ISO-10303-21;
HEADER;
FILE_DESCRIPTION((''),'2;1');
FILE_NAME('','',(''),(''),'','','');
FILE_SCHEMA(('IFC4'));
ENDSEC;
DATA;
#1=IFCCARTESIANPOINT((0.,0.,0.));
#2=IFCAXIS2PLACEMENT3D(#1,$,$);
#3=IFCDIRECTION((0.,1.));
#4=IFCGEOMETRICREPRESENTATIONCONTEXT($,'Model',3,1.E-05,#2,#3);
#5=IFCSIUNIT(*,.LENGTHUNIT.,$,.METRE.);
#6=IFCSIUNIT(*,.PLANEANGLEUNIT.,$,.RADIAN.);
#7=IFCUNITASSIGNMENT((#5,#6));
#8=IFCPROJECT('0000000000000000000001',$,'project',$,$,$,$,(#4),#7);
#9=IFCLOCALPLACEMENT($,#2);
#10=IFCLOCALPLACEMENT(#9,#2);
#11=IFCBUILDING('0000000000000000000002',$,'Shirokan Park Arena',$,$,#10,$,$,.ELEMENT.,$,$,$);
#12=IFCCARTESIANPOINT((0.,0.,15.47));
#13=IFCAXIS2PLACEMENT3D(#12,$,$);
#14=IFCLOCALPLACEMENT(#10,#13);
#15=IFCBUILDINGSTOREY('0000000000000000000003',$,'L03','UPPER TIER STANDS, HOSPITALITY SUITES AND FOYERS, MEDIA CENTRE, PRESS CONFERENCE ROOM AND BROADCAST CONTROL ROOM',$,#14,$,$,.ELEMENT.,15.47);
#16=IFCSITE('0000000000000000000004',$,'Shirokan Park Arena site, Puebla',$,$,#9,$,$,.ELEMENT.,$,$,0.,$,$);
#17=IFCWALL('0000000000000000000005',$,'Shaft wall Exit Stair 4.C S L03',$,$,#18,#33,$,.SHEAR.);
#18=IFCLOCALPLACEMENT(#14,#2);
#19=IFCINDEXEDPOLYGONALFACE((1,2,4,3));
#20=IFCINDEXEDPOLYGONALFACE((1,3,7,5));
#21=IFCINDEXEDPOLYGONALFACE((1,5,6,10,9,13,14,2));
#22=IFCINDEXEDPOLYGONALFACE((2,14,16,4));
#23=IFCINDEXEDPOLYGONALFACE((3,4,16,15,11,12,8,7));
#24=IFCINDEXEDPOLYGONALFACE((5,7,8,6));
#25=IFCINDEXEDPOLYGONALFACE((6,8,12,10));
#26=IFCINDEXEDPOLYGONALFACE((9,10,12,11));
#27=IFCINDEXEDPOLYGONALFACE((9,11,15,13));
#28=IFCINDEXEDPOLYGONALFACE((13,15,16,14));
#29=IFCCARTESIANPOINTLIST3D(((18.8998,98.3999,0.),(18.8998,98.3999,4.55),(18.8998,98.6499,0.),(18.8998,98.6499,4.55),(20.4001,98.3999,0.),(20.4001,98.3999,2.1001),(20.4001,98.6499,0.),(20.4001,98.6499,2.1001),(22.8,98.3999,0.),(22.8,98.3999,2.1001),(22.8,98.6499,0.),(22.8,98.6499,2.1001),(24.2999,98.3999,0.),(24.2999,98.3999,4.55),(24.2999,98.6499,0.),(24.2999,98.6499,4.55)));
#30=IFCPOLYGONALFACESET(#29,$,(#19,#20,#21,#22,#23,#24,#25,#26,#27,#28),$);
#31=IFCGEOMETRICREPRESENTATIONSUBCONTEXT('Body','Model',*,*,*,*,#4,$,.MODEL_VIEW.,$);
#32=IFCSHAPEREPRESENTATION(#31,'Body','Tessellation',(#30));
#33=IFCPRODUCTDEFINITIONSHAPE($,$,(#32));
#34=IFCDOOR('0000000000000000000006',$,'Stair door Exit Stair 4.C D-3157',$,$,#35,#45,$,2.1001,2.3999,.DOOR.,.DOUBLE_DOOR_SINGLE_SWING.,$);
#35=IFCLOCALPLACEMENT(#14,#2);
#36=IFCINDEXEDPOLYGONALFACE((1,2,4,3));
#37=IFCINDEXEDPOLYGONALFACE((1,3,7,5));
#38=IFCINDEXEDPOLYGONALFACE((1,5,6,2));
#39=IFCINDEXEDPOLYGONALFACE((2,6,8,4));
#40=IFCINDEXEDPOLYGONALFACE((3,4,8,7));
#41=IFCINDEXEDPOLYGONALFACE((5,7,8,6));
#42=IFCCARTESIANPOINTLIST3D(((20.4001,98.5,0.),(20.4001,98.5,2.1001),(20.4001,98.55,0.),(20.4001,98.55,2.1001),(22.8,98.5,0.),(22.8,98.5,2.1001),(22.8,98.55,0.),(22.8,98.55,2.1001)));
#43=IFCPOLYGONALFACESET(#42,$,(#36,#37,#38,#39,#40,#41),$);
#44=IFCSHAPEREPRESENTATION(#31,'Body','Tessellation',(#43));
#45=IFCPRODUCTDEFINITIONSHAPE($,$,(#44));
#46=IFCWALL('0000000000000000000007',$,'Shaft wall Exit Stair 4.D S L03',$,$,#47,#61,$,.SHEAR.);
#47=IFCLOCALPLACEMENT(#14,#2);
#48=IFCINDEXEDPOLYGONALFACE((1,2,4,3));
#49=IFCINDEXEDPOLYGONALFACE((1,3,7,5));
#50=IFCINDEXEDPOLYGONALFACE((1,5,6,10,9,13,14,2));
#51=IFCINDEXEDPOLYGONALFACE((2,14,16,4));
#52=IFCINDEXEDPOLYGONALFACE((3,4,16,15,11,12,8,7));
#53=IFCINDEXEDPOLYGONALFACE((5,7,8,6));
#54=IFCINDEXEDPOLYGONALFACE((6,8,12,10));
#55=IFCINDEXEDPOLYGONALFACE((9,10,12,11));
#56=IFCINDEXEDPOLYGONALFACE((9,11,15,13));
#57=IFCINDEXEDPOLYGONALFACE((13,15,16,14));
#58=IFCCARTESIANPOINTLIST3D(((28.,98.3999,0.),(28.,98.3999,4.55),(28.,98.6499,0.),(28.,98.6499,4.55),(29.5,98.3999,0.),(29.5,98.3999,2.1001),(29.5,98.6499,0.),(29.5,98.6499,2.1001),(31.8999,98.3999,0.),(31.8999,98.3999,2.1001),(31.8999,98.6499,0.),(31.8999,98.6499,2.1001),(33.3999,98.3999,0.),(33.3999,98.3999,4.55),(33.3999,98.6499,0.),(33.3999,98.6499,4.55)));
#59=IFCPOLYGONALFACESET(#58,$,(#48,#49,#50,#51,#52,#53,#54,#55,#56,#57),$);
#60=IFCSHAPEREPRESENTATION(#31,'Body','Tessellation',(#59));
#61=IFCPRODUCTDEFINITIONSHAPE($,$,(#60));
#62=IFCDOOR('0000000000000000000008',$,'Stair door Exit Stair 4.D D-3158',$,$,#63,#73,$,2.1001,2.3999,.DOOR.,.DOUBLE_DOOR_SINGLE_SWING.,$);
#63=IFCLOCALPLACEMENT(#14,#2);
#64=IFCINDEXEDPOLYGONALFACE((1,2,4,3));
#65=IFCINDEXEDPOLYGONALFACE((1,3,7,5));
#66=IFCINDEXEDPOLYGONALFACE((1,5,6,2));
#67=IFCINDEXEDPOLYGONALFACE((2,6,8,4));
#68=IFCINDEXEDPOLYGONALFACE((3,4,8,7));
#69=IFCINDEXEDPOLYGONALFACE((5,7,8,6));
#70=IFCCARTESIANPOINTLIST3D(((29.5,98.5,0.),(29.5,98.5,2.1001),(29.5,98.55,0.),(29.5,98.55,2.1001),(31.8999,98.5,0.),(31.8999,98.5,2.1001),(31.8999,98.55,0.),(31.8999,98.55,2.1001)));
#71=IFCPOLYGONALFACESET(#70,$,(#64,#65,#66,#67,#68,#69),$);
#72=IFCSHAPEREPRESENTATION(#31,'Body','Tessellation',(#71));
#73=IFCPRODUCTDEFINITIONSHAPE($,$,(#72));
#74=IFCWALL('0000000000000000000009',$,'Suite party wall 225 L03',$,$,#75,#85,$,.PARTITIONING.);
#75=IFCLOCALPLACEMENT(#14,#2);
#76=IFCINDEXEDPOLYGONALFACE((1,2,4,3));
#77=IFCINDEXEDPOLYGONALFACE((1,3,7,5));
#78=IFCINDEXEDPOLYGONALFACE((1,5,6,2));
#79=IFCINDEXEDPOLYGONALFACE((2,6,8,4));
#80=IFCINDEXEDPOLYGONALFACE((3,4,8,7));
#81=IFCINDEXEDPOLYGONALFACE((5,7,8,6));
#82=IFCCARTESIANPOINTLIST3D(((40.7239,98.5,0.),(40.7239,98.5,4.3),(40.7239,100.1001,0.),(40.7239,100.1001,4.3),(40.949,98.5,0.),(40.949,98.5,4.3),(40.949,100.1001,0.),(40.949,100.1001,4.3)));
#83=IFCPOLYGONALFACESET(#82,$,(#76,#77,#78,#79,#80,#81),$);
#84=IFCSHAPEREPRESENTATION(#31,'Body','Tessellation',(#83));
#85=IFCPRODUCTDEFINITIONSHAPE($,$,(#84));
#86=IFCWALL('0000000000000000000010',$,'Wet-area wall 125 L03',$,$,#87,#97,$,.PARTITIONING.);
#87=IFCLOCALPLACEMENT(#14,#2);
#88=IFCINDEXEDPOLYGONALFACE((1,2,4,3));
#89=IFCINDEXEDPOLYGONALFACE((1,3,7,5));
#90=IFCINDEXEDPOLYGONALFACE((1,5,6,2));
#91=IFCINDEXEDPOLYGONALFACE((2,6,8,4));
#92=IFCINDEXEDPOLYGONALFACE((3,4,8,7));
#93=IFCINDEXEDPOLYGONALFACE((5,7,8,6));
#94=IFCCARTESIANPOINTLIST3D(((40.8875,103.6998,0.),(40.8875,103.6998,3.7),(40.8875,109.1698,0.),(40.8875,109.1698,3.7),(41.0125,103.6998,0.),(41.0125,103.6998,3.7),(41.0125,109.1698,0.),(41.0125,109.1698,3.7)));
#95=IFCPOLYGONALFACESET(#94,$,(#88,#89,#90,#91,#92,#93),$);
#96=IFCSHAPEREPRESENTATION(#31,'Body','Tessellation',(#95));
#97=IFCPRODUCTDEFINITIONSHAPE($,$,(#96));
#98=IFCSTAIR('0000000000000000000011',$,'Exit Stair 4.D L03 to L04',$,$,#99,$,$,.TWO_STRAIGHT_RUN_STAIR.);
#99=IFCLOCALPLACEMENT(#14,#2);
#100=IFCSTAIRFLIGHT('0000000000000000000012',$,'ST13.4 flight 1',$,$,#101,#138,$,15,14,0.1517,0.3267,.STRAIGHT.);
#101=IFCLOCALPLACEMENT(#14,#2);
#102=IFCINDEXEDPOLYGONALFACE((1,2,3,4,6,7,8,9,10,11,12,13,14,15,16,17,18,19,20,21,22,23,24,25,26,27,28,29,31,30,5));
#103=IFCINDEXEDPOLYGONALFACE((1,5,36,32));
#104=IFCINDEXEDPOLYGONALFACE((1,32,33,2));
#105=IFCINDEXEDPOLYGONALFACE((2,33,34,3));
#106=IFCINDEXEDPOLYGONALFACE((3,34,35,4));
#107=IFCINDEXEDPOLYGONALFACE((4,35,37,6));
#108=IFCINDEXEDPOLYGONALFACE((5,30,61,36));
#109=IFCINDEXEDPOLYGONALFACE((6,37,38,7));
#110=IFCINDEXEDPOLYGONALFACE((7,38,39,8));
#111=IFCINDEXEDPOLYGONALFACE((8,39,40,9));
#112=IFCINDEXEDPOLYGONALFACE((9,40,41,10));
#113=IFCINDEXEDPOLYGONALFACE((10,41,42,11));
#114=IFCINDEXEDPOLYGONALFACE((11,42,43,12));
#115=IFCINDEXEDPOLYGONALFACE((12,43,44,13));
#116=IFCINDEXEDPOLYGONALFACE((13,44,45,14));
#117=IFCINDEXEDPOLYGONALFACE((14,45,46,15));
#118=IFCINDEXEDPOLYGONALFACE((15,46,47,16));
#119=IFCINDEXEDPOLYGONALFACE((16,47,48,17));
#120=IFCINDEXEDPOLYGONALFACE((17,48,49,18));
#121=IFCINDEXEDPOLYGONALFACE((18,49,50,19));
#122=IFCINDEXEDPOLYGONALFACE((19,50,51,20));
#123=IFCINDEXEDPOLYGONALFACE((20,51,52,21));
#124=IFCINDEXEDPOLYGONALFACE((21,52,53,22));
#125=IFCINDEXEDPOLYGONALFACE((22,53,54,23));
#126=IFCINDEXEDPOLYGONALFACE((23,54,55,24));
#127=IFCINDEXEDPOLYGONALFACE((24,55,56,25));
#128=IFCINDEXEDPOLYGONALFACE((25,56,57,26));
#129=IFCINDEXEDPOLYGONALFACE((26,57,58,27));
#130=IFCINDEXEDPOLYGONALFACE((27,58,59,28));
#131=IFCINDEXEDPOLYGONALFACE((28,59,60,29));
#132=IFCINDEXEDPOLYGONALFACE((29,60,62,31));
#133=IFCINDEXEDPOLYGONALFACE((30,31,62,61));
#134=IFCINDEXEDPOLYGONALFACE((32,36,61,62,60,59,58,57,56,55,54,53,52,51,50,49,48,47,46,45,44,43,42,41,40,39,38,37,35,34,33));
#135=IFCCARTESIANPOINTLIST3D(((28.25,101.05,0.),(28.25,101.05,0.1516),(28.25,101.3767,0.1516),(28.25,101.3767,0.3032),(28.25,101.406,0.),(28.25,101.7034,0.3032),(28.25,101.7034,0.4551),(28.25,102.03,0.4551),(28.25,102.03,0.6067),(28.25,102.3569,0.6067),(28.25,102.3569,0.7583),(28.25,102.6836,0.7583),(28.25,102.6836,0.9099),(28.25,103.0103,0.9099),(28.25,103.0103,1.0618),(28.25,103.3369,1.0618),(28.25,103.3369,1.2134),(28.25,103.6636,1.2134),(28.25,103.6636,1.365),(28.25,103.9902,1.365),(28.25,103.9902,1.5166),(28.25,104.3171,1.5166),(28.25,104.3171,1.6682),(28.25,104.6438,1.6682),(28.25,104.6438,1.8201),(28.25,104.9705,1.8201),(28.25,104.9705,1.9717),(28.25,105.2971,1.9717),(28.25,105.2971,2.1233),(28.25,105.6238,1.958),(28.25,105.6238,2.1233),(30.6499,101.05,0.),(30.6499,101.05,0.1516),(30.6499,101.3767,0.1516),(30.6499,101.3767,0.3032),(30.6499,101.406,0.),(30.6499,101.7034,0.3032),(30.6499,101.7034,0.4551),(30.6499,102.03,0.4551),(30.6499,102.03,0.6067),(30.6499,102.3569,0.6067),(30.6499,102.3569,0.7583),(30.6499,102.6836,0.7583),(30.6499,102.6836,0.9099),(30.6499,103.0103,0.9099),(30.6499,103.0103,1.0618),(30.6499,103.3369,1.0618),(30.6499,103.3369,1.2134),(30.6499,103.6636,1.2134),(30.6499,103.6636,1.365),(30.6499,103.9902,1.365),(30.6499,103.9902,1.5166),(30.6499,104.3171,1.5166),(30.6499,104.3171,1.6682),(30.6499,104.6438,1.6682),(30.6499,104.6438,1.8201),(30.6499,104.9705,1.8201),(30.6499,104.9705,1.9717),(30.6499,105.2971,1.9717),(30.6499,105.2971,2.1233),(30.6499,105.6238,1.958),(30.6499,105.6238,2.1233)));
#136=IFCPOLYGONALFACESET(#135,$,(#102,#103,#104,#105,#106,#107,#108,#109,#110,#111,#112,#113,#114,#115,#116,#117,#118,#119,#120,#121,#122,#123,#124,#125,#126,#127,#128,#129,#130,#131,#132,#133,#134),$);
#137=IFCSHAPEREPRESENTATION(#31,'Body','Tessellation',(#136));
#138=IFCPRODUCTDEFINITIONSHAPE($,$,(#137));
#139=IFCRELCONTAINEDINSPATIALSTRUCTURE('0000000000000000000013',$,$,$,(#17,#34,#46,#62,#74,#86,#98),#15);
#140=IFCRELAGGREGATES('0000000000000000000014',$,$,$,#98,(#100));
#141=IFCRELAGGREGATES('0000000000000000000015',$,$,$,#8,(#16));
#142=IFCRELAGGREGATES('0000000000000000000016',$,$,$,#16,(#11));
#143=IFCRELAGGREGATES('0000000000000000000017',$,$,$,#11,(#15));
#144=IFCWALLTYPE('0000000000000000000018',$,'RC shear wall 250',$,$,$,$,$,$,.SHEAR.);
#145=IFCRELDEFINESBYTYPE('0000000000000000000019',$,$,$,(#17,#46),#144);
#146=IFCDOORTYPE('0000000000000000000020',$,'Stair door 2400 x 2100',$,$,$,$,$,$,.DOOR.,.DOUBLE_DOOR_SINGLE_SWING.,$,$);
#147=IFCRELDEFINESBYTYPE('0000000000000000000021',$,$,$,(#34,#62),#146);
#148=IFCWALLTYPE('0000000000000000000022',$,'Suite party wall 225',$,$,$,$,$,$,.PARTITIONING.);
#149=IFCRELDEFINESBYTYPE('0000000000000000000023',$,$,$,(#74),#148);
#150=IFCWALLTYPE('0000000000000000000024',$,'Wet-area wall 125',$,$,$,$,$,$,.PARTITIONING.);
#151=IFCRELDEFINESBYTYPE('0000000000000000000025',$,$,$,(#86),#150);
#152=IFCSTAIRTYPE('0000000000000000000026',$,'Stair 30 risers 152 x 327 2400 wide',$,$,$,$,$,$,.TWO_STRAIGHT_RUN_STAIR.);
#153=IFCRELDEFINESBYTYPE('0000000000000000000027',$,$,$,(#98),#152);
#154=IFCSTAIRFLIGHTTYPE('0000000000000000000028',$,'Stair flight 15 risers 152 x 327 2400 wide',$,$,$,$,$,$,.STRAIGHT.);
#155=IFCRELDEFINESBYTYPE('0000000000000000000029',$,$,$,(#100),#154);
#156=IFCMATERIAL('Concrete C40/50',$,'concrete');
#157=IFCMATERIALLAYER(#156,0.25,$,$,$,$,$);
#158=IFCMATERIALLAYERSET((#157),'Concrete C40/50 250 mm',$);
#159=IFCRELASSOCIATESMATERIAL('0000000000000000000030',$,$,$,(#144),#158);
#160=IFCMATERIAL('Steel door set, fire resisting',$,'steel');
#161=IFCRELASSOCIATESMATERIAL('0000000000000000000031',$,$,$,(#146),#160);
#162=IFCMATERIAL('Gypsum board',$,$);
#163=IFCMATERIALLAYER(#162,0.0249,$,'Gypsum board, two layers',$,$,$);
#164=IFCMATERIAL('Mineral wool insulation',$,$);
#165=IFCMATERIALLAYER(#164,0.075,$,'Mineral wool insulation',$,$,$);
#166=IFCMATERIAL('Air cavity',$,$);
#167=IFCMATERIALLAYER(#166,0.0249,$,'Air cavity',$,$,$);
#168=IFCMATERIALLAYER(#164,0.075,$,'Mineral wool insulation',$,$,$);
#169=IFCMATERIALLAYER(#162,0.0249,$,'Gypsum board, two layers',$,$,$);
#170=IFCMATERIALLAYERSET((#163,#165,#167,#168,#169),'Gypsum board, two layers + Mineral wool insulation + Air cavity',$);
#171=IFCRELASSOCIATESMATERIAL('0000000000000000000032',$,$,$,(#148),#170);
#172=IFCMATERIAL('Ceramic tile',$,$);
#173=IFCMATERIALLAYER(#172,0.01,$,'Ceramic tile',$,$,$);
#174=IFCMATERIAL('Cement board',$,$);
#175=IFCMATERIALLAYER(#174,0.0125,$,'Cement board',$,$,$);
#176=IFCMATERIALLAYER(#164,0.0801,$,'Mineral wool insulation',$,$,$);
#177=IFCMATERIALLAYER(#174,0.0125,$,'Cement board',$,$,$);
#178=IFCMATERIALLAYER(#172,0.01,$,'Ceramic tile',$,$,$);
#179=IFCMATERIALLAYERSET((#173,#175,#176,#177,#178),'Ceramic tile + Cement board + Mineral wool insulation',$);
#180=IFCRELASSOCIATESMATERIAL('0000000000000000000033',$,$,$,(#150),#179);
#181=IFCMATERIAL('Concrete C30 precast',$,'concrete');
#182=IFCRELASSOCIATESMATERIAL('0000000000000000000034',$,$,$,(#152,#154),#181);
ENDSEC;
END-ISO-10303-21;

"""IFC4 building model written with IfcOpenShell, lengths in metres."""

from ifc_helpers import new_model, si_unit, direction, frame, frame_2d, origin, place, context, subcontext, project, spatial, polyline, rectangle, outline, extrude, material, layer, layer_set, type_object, element, fill, aggregate, save


model = new_model("IFC4")

# Units and contexts
model_context = context("Model", 3, precision=1e-05, world=origin(), true_north=direction((0.0, 1.0)))
body_context = subcontext(model_context, "Body", "Model", "MODEL_VIEW")
ifc_project = project(units=[si_unit("LENGTHUNIT", "METRE"), si_unit("PLANEANGLEUNIT", "RADIAN")], contexts=[model_context])

# Site, building, storey
site_placement = place(None, origin())
site = spatial("IfcSite", under=ifc_project, at=site_placement, Name="Shirokan Park Arena site, Puebla", CompositionType="ELEMENT", RefElevation=0.0)
building_placement = place(site_placement, origin())
building = spatial("IfcBuilding", under=site, at=building_placement, Name="Shirokan Park Arena", CompositionType="ELEMENT")
storey_placement = place(building_placement, frame((0.0, 0.0, 15.47)))
storey = spatial("IfcBuildingStorey", under=building, at=storey_placement, Name="L03", Description="UPPER TIER STANDS, HOSPITALITY SUITES AND FOYERS, MEDIA CENTRE, PRESS CONFERENCE ROOM AND BROADCAST CONTROL ROOM", CompositionType="ELEMENT", Elevation=15.47)

# Shared definitions
ifc_material_1 = material(Name="Gypsum board")
ifc_material_2 = material(Name="Mineral wool insulation")

# Shared definitions
ifc_material_3 = material(Name="Steel door set, fire resisting", Category="steel")

# Walls, openings, doors
ifc_material_4 = material(Name="Concrete C40/50", Category="concrete")
ifc_layer_1 = layer(ifc_material_4, 0.25)
ifc_layer_set_1 = layer_set([ifc_layer_1], Name="Concrete C40/50 250 mm")
wall_type_1 = type_object("IfcWallType", Name="RC shear wall 250", PredefinedType="SHEAR", material=ifc_layer_set_1)
wall_1_placement = place(storey_placement, frame((24.3, 98.5249, 0.0), z_axis=(0.0, 0.0, 1.0), x_axis=(-1.0, 0.0, 0.0)))
wall_1 = element("IfcWall", 1, at=wall_1_placement, inside=storey, type_object=wall_type_1, Name="Shaft wall Exit Stair 4.C S L03", PredefinedType="SHEAR", context=body_context, shape_type="SweptSolid", body=[
    extrude(rectangle(XDim=5.4001, YDim=0.25, at=frame_2d((2.7002, 0.0))), origin(), (0.0, 0.0, 1.0), 4.55),
])
opening_1_placement = place(wall_1_placement, frame((1.5, 0.0, 0.0)))
opening_1 = element("IfcOpeningElement", 2, at=opening_1_placement, cuts=wall_1, PredefinedType="OPENING", context=body_context, shape_type="SweptSolid", body=[
    extrude(rectangle(XDim=2.3999, YDim=2.1001, at=frame_2d((1.2, 1.05))), frame((0.0, 0.135, 0.0), z_axis=(0.0, -1.0, 0.0), x_axis=(1.0, 0.0, 0.0)), (0.0, 0.0, 1.0), 0.27),
])
door_type_1 = type_object("IfcDoorType", Name="Stair door 2400 x 2100", OperationType="DOUBLE_DOOR_SINGLE_SWING", PredefinedType="DOOR", material=ifc_material_3)
door_1_placement = place(opening_1_placement, origin())
door_1 = element("IfcDoor", 3, at=door_1_placement, inside=storey, type_object=door_type_1, Name="Stair door Exit Stair 4.C D-3157", OperationType="DOUBLE_DOOR_SINGLE_SWING", OverallHeight=2.1001, OverallWidth=2.3999, PredefinedType="DOOR", context=body_context, shape_type="SweptSolid", body=[
    extrude(rectangle(XDim=2.3999, YDim=2.1001, at=frame_2d((1.2, 1.05))), frame((0.0, 0.0249, 0.0), z_axis=(0.0, -1.0, 0.0), x_axis=(1.0, 0.0, 0.0)), (0.0, 0.0, 1.0), 0.05),
])
fill(opening_1, door_1)
wall_2_placement = place(storey_placement, frame((33.3999, 98.5249, 0.0), z_axis=(0.0, 0.0, 1.0), x_axis=(-1.0, 0.0, 0.0)))
wall_2 = element("IfcWall", 4, at=wall_2_placement, inside=storey, type_object=wall_type_1, Name="Shaft wall Exit Stair 4.D S L03", PredefinedType="SHEAR", context=body_context, shape_type="SweptSolid", body=[
    extrude(rectangle(XDim=5.3999, YDim=0.25, at=frame_2d((2.7, 0.0))), origin(), (0.0, 0.0, 1.0), 4.55),
])
opening_2_placement = place(wall_2_placement, frame((1.5, 0.0, 0.0)))
opening_2 = element("IfcOpeningElement", 5, at=opening_2_placement, cuts=wall_2, PredefinedType="OPENING", context=body_context, shape_type="SweptSolid", body=[
    extrude(rectangle(XDim=2.3999, YDim=2.1001, at=frame_2d((1.2, 1.05))), frame((0.0, 0.135, 0.0), z_axis=(0.0, -1.0, 0.0), x_axis=(1.0, 0.0, 0.0)), (0.0, 0.0, 1.0), 0.27),
])
door_2_placement = place(opening_2_placement, origin())
door_2 = element("IfcDoor", 6, at=door_2_placement, inside=storey, type_object=door_type_1, Name="Stair door Exit Stair 4.D D-3158", OperationType="DOUBLE_DOOR_SINGLE_SWING", OverallHeight=2.1001, OverallWidth=2.3999, PredefinedType="DOOR", context=body_context, shape_type="SweptSolid", body=[
    extrude(rectangle(XDim=2.3999, YDim=2.1001, at=frame_2d((1.2, 1.05))), frame((0.0, 0.0249, 0.0), z_axis=(0.0, -1.0, 0.0), x_axis=(1.0, 0.0, 0.0)), (0.0, 0.0, 1.0), 0.05),
])
fill(opening_2, door_2)

# Walls
ifc_layer_2 = layer(ifc_material_1, 0.0249, Name="Gypsum board, two layers")
ifc_layer_3 = layer(ifc_material_2, 0.075, Name="Mineral wool insulation")
ifc_material_5 = material(Name="Air cavity")
ifc_layer_4 = layer(ifc_material_5, 0.0249, Name="Air cavity")
ifc_layer_5 = layer(ifc_material_2, 0.075, Name="Mineral wool insulation")
ifc_layer_6 = layer(ifc_material_1, 0.0249, Name="Gypsum board, two layers")
ifc_layer_set_2 = layer_set([ifc_layer_2, ifc_layer_3, ifc_layer_4, ifc_layer_5, ifc_layer_6], Name="Gypsum board, two layers + Mineral wool insulation + Air cavity")
wall_type_2 = type_object("IfcWallType", Name="Suite party wall 225", PredefinedType="PARTITIONING", material=ifc_layer_set_2)
wall_3_placement = place(storey_placement, frame((40.8364, 100.1001, 0.0), z_axis=(0.0, 0.0, 1.0), x_axis=(0.0, -1.0, 0.0)))
element("IfcWall", 7, at=wall_3_placement, inside=storey, type_object=wall_type_2, Name="Suite party wall 225 L03", PredefinedType="PARTITIONING", context=body_context, shape_type="SweptSolid", body=[
    extrude(rectangle(XDim=1.6001, YDim=0.2251, at=frame_2d((0.8, 0.0))), origin(), (0.0, 0.0, 1.0), 4.3),
])
ifc_material_6 = material(Name="Ceramic tile")
ifc_layer_7 = layer(ifc_material_6, 0.01, Name="Ceramic tile")
ifc_material_7 = material(Name="Cement board")
ifc_layer_8 = layer(ifc_material_7, 0.0125, Name="Cement board")
ifc_layer_9 = layer(ifc_material_2, 0.0801, Name="Mineral wool insulation")
ifc_layer_10 = layer(ifc_material_7, 0.0125, Name="Cement board")
ifc_layer_11 = layer(ifc_material_6, 0.01, Name="Ceramic tile")
ifc_layer_set_3 = layer_set([ifc_layer_7, ifc_layer_8, ifc_layer_9, ifc_layer_10, ifc_layer_11], Name="Ceramic tile + Cement board + Mineral wool insulation")
wall_type_3 = type_object("IfcWallType", Name="Wet-area wall 125", PredefinedType="PARTITIONING", material=ifc_layer_set_3)
wall_4_placement = place(storey_placement, frame((40.95, 103.7, 0.0), z_axis=(0.0, 0.0, 1.0), x_axis=(0.0, 1.0, 0.0)))
element("IfcWall", 8, at=wall_4_placement, inside=storey, type_object=wall_type_3, Name="Wet-area wall 125 L03", PredefinedType="PARTITIONING", context=body_context, shape_type="SweptSolid", body=[
    extrude(rectangle(XDim=5.47, YDim=0.125, at=frame_2d((2.7349, 0.0))), origin(), (0.0, 0.0, 1.0), 3.7),
])

# Stair, stair flight
ifc_material_8 = material(Name="Concrete C30 precast", Category="concrete")
stair_type = type_object("IfcStairType", Name="Stair 30 risers 152 x 327 2400 wide", PredefinedType="TWO_STRAIGHT_RUN_STAIR", material=ifc_material_8)
stair_placement = place(storey_placement, origin())
stair = element("IfcStair", 9, at=stair_placement, inside=storey, type_object=stair_type, Name="Exit Stair 4.D L03 to L04", PredefinedType="TWO_STRAIGHT_RUN_STAIR")
stair_flight_type = type_object("IfcStairFlightType", Name="Stair flight 15 risers 152 x 327 2400 wide", PredefinedType="STRAIGHT", material=ifc_material_8)
stair_flight_placement = place(storey_placement, frame((29.45, 101.05, 0.0), z_axis=(0.0, 0.0, 1.0), x_axis=(0.0, 1.0, 0.0)))
stair_flight = element("IfcStairFlight", 10, at=stair_flight_placement, type_object=stair_flight_type, Name="ST13.4 flight 1", NumberOfRisers=15, NumberOfTreads=14, PredefinedType="STRAIGHT", RiserHeight=0.1517, TreadLength=0.3267, context=body_context, shape_type="SweptSolid", body=[
    extrude(outline(polyline([(0.0, 0.0), (0.0, 0.1516), (0.3267, 0.1516), (0.3267, 0.3032), (0.6533, 0.3032), (0.6533, 0.4551), (0.98, 0.4551), (0.98, 0.6067), (1.3069, 0.6067), (1.3069, 0.7583), (1.6335, 0.7583), (1.6335, 0.9099), (1.9602, 0.9099), (1.9602, 1.0618), (2.2869, 1.0618), (2.2869, 1.2134), (2.6135, 1.2134), (2.6135, 1.365), (2.9402, 1.365), (2.9402, 1.5166), (3.2671, 1.5166), (3.2671, 1.6682), (3.5938, 1.6682), (3.5938, 1.8201), (3.9204, 1.8201), (3.9204, 1.9717), (4.2471, 1.9717), (4.2471, 2.1233), (4.5737, 2.1233), (4.5737, 2.2749), (4.5737, 1.958), (0.356, 0.0), (0.0, 0.0)])), frame((0.0, 1.2, 0.0), z_axis=(0.0, -1.0, 0.0), x_axis=(1.0, 0.0, 0.0)), (0.0, 0.0, 1.0), 2.3999),
])
aggregate(stair, [stair_flight])

save(model, "model.ifc")
